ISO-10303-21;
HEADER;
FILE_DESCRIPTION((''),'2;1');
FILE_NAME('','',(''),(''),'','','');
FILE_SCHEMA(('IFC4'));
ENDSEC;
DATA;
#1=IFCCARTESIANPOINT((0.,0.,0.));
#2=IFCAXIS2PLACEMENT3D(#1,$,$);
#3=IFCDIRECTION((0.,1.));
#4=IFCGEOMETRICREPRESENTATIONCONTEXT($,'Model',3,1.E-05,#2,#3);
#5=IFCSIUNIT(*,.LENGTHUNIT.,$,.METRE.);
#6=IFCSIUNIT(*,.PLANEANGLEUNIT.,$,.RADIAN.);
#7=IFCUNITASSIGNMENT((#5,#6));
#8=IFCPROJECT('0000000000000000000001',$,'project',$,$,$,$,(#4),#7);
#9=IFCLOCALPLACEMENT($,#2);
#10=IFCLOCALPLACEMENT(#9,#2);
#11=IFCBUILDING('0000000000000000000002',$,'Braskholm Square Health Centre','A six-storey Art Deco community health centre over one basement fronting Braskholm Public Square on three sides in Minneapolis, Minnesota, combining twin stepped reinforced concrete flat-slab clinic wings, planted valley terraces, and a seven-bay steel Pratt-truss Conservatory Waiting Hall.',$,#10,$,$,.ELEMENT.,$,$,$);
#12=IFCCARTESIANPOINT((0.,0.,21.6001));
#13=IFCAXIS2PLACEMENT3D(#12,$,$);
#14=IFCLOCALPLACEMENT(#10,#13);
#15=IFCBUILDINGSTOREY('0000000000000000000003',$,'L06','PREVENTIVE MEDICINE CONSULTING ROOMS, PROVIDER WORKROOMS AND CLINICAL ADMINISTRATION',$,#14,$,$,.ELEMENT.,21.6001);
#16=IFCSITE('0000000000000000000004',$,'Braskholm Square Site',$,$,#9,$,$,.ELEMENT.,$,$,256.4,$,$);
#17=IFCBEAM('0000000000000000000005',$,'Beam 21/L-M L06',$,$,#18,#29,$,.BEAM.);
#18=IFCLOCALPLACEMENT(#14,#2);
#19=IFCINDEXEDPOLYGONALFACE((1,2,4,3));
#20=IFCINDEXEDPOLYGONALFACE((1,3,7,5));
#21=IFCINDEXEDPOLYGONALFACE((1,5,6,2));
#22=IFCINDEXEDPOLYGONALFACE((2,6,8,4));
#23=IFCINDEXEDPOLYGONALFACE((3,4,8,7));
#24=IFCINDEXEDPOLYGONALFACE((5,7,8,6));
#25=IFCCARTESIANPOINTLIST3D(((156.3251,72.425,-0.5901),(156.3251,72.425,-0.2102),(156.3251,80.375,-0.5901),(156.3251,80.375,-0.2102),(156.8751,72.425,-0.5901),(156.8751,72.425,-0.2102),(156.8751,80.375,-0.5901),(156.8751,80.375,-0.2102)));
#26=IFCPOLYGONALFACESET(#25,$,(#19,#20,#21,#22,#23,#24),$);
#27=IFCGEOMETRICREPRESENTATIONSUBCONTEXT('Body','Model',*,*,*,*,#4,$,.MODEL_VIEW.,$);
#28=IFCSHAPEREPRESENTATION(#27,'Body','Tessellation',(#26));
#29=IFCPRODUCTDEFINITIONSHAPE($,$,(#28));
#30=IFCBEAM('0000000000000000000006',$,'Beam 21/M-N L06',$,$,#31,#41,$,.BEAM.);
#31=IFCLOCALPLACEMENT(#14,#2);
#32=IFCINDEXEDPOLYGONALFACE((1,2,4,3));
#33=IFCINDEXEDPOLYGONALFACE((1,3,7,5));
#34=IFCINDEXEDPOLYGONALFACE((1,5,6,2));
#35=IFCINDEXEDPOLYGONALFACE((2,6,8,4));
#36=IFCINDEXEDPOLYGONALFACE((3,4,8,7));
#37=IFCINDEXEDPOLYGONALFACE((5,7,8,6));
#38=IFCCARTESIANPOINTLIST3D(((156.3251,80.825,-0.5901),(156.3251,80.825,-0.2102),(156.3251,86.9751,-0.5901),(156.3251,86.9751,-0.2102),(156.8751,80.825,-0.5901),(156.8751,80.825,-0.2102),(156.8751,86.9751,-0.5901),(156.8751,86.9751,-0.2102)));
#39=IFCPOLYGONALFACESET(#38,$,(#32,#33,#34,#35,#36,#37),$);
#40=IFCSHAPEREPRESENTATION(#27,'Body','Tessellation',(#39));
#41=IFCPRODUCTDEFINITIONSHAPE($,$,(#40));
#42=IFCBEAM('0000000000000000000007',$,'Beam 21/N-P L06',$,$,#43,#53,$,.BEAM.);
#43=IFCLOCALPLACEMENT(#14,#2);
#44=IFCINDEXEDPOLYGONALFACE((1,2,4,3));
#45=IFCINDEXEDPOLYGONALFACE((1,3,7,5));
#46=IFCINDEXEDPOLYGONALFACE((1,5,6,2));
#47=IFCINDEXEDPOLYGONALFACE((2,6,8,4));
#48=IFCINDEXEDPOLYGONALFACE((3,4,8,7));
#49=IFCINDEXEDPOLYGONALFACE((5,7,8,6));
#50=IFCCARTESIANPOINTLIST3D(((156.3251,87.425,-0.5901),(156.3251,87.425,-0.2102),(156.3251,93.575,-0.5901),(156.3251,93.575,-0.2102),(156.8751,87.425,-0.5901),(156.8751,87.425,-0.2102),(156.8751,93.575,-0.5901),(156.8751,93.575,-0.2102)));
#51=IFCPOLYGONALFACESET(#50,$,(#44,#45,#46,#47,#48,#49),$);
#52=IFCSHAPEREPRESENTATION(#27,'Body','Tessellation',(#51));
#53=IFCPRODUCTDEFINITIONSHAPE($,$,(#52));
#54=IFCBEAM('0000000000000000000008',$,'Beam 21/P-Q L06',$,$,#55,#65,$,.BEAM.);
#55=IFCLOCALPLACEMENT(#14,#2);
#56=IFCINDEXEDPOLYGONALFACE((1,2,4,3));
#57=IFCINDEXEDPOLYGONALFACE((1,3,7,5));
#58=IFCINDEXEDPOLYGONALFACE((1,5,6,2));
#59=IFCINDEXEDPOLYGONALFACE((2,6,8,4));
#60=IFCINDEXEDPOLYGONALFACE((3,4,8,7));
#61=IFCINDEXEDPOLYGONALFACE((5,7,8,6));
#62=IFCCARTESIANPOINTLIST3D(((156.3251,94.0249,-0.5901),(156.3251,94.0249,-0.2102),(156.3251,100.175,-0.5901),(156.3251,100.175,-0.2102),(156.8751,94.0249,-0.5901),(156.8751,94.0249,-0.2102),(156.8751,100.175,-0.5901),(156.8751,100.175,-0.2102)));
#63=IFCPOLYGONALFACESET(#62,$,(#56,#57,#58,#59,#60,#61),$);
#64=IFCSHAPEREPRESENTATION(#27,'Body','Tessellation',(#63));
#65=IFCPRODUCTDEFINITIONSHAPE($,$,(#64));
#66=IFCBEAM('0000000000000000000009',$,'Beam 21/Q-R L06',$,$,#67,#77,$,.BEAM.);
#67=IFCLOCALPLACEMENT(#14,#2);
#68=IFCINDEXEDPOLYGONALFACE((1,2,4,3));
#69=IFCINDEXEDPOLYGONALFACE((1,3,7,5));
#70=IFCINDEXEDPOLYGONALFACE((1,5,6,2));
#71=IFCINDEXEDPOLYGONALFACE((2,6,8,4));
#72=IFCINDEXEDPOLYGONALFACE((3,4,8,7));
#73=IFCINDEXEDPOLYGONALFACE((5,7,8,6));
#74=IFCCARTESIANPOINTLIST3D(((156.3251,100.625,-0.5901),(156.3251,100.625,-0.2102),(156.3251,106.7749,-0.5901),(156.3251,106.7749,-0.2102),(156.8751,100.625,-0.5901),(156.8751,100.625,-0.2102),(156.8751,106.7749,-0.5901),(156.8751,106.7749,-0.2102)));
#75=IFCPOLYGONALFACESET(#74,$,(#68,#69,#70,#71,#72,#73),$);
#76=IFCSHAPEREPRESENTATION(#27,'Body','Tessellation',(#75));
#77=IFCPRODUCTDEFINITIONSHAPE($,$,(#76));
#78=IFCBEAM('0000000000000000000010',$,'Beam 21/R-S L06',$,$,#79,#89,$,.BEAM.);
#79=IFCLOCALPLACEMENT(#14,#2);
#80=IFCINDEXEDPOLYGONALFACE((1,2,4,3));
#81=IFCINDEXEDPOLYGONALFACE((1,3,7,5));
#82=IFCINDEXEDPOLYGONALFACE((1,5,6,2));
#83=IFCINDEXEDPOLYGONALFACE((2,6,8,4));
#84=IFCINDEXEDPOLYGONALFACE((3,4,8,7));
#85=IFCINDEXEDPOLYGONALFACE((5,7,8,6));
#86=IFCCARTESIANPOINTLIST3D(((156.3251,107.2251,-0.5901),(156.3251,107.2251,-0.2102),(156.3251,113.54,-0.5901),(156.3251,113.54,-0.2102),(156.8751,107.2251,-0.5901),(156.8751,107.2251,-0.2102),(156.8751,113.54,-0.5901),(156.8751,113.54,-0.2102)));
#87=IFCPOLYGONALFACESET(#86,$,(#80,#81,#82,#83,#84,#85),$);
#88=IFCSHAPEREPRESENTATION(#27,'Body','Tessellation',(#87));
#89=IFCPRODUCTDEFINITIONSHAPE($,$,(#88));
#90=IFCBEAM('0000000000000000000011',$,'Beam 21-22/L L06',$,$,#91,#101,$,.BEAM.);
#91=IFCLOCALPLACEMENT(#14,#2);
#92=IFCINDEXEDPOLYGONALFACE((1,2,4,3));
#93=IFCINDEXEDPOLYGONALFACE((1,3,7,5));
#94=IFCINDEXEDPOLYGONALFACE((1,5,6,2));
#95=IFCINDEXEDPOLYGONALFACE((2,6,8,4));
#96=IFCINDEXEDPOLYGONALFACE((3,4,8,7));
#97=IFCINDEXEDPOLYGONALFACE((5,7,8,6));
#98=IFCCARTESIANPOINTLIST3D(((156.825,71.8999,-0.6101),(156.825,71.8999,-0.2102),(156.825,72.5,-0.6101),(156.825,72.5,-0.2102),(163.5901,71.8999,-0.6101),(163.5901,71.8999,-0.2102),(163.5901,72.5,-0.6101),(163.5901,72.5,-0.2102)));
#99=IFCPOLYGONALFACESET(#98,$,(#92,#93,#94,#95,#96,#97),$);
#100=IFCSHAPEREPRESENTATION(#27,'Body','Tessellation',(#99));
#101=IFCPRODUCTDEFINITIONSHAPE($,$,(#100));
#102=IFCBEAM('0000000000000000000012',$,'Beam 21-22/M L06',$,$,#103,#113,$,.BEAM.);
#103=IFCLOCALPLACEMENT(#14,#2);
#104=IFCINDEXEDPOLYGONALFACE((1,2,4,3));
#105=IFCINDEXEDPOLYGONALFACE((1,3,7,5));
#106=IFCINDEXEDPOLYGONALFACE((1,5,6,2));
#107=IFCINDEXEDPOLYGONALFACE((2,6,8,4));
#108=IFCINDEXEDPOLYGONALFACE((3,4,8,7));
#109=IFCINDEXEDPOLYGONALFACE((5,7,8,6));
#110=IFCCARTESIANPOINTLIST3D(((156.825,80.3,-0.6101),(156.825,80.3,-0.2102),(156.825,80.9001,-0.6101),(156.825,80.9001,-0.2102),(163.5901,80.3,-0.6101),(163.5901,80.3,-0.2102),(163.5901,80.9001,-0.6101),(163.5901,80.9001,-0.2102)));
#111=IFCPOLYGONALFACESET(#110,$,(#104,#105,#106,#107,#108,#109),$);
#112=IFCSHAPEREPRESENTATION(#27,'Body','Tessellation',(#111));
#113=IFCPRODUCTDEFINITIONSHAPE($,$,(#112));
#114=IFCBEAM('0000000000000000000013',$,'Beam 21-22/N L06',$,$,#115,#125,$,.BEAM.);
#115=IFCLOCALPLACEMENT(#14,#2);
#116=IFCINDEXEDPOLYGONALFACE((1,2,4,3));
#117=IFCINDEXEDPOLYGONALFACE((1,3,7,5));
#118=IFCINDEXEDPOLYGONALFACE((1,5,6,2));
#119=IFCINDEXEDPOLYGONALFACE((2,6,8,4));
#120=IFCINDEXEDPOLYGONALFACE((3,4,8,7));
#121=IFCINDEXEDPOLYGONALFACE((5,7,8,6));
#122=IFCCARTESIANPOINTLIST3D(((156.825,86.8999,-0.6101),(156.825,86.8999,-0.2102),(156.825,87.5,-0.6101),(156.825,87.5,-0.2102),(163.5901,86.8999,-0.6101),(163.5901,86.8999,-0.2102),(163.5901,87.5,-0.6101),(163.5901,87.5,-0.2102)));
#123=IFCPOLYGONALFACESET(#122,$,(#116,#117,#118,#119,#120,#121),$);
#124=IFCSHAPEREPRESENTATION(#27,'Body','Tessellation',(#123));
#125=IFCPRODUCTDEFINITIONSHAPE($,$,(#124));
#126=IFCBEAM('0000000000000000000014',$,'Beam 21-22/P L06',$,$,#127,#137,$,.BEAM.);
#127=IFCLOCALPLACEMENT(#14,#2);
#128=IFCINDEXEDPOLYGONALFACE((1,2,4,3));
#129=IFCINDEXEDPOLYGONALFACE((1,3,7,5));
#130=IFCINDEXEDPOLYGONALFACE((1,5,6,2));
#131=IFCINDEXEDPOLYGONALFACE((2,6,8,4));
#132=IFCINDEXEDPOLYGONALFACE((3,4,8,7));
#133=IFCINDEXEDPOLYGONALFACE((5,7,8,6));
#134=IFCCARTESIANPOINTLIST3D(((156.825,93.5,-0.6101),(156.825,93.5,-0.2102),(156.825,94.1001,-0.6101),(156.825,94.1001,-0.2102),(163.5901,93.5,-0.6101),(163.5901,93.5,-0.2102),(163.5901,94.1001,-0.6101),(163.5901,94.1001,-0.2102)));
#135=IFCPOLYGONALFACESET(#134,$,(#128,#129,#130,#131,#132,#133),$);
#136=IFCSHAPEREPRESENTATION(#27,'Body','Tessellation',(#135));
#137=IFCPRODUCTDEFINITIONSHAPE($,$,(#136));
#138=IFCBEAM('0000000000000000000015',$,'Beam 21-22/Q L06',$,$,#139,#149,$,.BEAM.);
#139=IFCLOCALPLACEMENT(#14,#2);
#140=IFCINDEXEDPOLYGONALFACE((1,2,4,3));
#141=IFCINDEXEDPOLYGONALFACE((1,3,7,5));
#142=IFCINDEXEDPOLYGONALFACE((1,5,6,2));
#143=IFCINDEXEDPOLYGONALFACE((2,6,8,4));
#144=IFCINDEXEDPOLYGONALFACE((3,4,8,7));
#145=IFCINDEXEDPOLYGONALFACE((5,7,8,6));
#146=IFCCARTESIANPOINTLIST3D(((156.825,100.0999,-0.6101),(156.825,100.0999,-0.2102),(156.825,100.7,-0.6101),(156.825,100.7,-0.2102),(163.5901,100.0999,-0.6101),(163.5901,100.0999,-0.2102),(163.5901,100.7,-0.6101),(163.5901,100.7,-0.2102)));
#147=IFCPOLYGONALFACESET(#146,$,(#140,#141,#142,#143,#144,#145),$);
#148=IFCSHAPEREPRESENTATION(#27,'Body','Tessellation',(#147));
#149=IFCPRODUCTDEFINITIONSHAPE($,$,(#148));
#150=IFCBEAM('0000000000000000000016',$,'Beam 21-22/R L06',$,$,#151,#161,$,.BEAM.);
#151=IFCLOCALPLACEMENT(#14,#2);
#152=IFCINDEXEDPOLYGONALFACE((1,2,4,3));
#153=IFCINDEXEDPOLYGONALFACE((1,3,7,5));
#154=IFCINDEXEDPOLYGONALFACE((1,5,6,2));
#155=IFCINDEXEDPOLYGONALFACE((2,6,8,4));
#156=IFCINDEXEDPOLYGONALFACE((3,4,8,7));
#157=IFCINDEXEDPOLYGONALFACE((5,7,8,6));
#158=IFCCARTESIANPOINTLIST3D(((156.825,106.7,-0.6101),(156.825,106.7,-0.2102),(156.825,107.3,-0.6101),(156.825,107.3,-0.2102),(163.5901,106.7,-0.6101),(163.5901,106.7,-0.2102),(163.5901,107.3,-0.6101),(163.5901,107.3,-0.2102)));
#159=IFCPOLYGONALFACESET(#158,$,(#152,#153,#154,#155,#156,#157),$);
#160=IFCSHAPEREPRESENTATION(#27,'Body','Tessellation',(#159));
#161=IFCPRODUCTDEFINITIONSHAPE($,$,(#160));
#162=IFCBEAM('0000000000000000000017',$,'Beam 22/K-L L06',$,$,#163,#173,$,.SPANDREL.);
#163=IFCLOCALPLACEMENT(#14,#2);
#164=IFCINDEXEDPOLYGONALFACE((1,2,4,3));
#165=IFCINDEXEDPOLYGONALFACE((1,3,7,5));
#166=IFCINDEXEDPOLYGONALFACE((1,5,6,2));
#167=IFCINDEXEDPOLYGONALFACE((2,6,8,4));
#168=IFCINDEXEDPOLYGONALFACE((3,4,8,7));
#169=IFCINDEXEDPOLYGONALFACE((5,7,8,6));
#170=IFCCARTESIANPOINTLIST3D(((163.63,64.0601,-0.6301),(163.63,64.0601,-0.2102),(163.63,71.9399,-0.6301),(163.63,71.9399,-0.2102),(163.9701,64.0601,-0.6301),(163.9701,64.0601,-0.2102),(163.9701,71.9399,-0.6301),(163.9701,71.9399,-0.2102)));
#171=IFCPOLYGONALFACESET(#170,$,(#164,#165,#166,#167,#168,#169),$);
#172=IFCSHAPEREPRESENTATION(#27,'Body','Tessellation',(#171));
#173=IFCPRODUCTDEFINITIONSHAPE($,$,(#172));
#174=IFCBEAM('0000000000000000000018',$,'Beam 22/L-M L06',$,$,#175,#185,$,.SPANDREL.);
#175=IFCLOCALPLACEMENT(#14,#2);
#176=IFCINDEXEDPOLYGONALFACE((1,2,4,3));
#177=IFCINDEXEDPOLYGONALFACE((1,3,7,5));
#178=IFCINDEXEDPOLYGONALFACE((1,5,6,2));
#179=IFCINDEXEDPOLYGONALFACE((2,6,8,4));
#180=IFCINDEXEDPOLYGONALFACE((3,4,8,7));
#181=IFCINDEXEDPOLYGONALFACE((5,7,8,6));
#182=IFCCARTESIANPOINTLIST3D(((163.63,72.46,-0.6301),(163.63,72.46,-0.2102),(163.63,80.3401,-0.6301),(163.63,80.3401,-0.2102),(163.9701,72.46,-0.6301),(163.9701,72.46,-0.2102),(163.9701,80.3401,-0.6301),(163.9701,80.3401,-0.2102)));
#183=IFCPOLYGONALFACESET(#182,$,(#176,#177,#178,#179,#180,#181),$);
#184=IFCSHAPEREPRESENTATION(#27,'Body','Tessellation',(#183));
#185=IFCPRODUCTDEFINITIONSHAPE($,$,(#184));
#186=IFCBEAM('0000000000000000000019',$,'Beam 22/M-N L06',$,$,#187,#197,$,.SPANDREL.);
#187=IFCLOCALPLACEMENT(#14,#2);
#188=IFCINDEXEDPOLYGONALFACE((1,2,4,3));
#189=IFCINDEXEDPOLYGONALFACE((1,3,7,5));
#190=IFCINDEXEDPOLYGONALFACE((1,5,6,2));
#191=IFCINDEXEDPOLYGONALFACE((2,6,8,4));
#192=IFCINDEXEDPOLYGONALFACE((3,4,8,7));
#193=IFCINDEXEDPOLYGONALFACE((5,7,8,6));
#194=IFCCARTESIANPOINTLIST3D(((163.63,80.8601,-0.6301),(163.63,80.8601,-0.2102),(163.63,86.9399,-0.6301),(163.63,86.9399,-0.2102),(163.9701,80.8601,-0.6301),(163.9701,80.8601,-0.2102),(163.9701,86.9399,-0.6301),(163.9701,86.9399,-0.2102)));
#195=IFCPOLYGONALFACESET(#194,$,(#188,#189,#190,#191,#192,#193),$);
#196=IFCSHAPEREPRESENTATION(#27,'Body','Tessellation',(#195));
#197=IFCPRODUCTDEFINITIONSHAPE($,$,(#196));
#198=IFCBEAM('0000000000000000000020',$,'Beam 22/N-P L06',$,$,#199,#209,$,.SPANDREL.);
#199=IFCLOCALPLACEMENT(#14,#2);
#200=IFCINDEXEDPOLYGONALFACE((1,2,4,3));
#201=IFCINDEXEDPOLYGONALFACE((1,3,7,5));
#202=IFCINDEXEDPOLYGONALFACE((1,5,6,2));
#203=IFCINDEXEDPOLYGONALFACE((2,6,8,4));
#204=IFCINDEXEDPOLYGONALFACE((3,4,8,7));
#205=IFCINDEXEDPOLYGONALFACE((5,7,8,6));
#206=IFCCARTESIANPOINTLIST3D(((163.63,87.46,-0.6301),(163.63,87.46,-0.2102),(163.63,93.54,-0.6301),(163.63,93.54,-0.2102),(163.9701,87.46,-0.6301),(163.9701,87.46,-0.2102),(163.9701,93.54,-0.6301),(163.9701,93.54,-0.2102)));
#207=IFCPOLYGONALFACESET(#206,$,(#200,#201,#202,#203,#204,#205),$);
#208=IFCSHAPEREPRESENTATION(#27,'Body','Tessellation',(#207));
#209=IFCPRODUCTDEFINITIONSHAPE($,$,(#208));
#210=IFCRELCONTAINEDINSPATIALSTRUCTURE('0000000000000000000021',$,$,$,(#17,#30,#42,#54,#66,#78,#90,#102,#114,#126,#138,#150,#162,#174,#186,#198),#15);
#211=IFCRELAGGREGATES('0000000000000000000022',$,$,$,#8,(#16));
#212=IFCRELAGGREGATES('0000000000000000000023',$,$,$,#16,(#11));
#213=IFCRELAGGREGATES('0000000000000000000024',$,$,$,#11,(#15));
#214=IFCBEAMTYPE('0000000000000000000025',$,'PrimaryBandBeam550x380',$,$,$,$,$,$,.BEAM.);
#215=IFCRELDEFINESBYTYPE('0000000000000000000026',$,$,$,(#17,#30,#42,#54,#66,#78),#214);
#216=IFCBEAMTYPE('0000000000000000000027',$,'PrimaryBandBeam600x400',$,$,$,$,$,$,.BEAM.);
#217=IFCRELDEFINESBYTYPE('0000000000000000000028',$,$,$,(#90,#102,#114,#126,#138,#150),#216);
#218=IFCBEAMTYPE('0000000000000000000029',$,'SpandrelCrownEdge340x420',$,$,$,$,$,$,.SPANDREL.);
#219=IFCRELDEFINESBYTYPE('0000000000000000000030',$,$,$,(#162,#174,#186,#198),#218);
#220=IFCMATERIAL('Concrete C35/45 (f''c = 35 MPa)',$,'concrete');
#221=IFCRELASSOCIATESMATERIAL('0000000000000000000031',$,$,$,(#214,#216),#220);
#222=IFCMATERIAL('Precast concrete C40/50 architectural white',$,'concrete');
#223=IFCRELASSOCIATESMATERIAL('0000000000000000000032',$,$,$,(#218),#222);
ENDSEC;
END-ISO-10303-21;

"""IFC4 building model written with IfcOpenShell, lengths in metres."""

from ifc_helpers import new_model, si_unit, direction, frame, origin, origin_2d, place, context, subcontext, project, spatial, rectangle, extrude, material, material_profile, profile_set, type_object, element, save


model = new_model("IFC4")

# Units and contexts
model_context = context("Model", 3, precision=1e-05, world=origin(), true_north=direction((0.0, 1.0)))
body_context = subcontext(model_context, "Body", "Model", "MODEL_VIEW")
ifc_project = project(units=[si_unit("LENGTHUNIT", "METRE"), si_unit("PLANEANGLEUNIT", "RADIAN")], contexts=[model_context])

# Site, building, storey
site_placement = place(None, origin())
site = spatial("IfcSite", under=ifc_project, at=site_placement, Name="Braskholm Square Site", CompositionType="ELEMENT", RefElevation=256.4)
building_placement = place(site_placement, origin())
building = spatial("IfcBuilding", under=site, at=building_placement, Name="Braskholm Square Health Centre", Description="A six-storey Art Deco community health centre over one basement fronting Braskholm Public Square on three sides in Minneapolis, Minnesota, combining twin stepped reinforced concrete flat-slab clinic wings, planted valley terraces, and a seven-bay steel Pratt-truss Conservatory Waiting Hall.", CompositionType="ELEMENT")
storey_placement = place(building_placement, frame((0.0, 0.0, 21.6001)))
storey = spatial("IfcBuildingStorey", under=building, at=storey_placement, Name="L06", Description="PREVENTIVE MEDICINE CONSULTING ROOMS, PROVIDER WORKROOMS AND CLINICAL ADMINISTRATION", CompositionType="ELEMENT", Elevation=21.6001)

# Beams
ifc_material_1 = material(Name="Concrete C35/45 (f'c = 35 MPa)", Category="concrete")
ifc_material_profile_1 = material_profile(ifc_material_1, rectangle(XDim=0.55, YDim=0.3799, at=origin_2d()), Name="RCB-550X380")
ifc_profile_set_1 = profile_set([ifc_material_profile_1], Name="Concrete C35/45 (f'c = 35 MPa)")
beam_type_1 = type_object("IfcBeamType", Name="PrimaryBandBeam550x380", PredefinedType="BEAM", material=ifc_profile_set_1)
beam_1_placement = place(storey_placement, frame((156.6001, 72.425, -0.4001), z_axis=(0.0, 1.0, 0.0), x_axis=(-1.0, 0.0, 0.0)))
element("IfcBeam", 1, at=beam_1_placement, inside=storey, type_object=beam_type_1, Name="Beam 21/L-M L06", PredefinedType="BEAM", context=body_context, shape_type="SweptSolid", body=[
    extrude(rectangle(XDim=0.55, YDim=0.3799, at=origin_2d()), origin(), (0.0, 0.0, 1.0), 7.95),
])
beam_2_placement = place(storey_placement, frame((156.6001, 80.825, -0.4001), z_axis=(0.0, 1.0, 0.0), x_axis=(-1.0, 0.0, 0.0)))
element("IfcBeam", 2, at=beam_2_placement, inside=storey, type_object=beam_type_1, Name="Beam 21/M-N L06", PredefinedType="BEAM", context=body_context, shape_type="SweptSolid", body=[
    extrude(rectangle(XDim=0.55, YDim=0.3799, at=origin_2d()), origin(), (0.0, 0.0, 1.0), 6.1501),
])
beam_3_placement = place(storey_placement, frame((156.6001, 87.425, -0.4001), z_axis=(0.0, 1.0, 0.0), x_axis=(-1.0, 0.0, 0.0)))
element("IfcBeam", 3, at=beam_3_placement, inside=storey, type_object=beam_type_1, Name="Beam 21/N-P L06", PredefinedType="BEAM", context=body_context, shape_type="SweptSolid", body=[
    extrude(rectangle(XDim=0.55, YDim=0.3799, at=origin_2d()), origin(), (0.0, 0.0, 1.0), 6.1499),
])
beam_4_placement = place(storey_placement, frame((156.6001, 94.0249, -0.4001), z_axis=(0.0, 1.0, 0.0), x_axis=(-1.0, 0.0, 0.0)))
element("IfcBeam", 4, at=beam_4_placement, inside=storey, type_object=beam_type_1, Name="Beam 21/P-Q L06", PredefinedType="BEAM", context=body_context, shape_type="SweptSolid", body=[
    extrude(rectangle(XDim=0.55, YDim=0.3799, at=origin_2d()), origin(), (0.0, 0.0, 1.0), 6.1501),
])
beam_5_placement = place(storey_placement, frame((156.6001, 100.625, -0.4001), z_axis=(0.0, 1.0, 0.0), x_axis=(-1.0, 0.0, 0.0)))
element("IfcBeam", 5, at=beam_5_placement, inside=storey, type_object=beam_type_1, Name="Beam 21/Q-R L06", PredefinedType="BEAM", context=body_context, shape_type="SweptSolid", body=[
    extrude(rectangle(XDim=0.55, YDim=0.3799, at=origin_2d()), origin(), (0.0, 0.0, 1.0), 6.1499),
])
beam_6_placement = place(storey_placement, frame((156.6001, 107.2251, -0.4001), z_axis=(0.0, 1.0, 0.0), x_axis=(-1.0, 0.0, 0.0)))
element("IfcBeam", 6, at=beam_6_placement, inside=storey, type_object=beam_type_1, Name="Beam 21/R-S L06", PredefinedType="BEAM", context=body_context, shape_type="SweptSolid", body=[
    extrude(rectangle(XDim=0.55, YDim=0.3799, at=origin_2d()), origin(), (0.0, 0.0, 1.0), 6.3149),
])
ifc_material_profile_2 = material_profile(ifc_material_1, rectangle(XDim=0.6001, YDim=0.3999, at=origin_2d()), Name="RCB-600X400")
ifc_profile_set_2 = profile_set([ifc_material_profile_2], Name="Concrete C35/45 (f'c = 35 MPa)")
beam_type_2 = type_object("IfcBeamType", Name="PrimaryBandBeam600x400", PredefinedType="BEAM", material=ifc_profile_set_2)
for number, where, z_axis, x_axis, name in (
    (7, (156.825, 72.2, -0.4102), (1.0, 0.0, 0.0), (0.0, 1.0, 0.0), "Beam 21-22/L L06"),
    (8, (156.825, 80.6001, -0.4102), (1.0, 0.0, 0.0), (0.0, 1.0, 0.0), "Beam 21-22/M L06"),
    (9, (156.825, 87.2, -0.4102), (1.0, 0.0, 0.0), (0.0, 1.0, 0.0), "Beam 21-22/N L06"),
    (10, (156.825, 93.8, -0.4102), (1.0, 0.0, 0.0), (0.0, 1.0, 0.0), "Beam 21-22/P L06"),
    (11, (156.825, 100.3999, -0.4102), (1.0, 0.0, 0.0), (0.0, 1.0, 0.0), "Beam 21-22/Q L06"),
    (12, (156.825, 107.0, -0.4102), (1.0, 0.0, 0.0), (0.0, 1.0, 0.0), "Beam 21-22/R L06"),
):
    element("IfcBeam", number, at=place(storey_placement, frame(where, z_axis=z_axis, x_axis=x_axis)), inside=storey, type_object=beam_type_2, Name=name, PredefinedType="BEAM", context=body_context, shape_type="SweptSolid", body=[
        extrude(rectangle(XDim=0.6001, YDim=0.3999, at=origin_2d()), origin(), (0.0, 0.0, 1.0), 6.7651),
    ])
ifc_material_2 = material(Name="Precast concrete C40/50 architectural white", Category="concrete")
ifc_material_profile_3 = material_profile(ifc_material_2, rectangle(XDim=0.3401, YDim=0.4199, at=origin_2d()), Name="RCB-340X420")
ifc_profile_set_3 = profile_set([ifc_material_profile_3], Name="Precast concrete C40/50 architectural white")
beam_type_3 = type_object("IfcBeamType", Name="SpandrelCrownEdge340x420", PredefinedType="SPANDREL", material=ifc_profile_set_3)
beam_7_placement = place(storey_placement, frame((163.8, 64.0601, -0.4202), z_axis=(0.0, 1.0, 0.0), x_axis=(-1.0, 0.0, 0.0)))
element("IfcBeam", 13, at=beam_7_placement, inside=storey, type_object=beam_type_3, Name="Beam 22/K-L L06", PredefinedType="SPANDREL", context=body_context, shape_type="SweptSolid", body=[
    extrude(rectangle(XDim=0.3401, YDim=0.4199, at=origin_2d()), origin(), (0.0, 0.0, 1.0), 7.8799),
])
beam_8_placement = place(storey_placement, frame((163.8, 72.46, -0.4202), z_axis=(0.0, 1.0, 0.0), x_axis=(-1.0, 0.0, 0.0)))
element("IfcBeam", 14, at=beam_8_placement, inside=storey, type_object=beam_type_3, Name="Beam 22/L-M L06", PredefinedType="SPANDREL", context=body_context, shape_type="SweptSolid", body=[
    extrude(rectangle(XDim=0.3401, YDim=0.4199, at=origin_2d()), origin(), (0.0, 0.0, 1.0), 7.8801),
])
beam_9_placement = place(storey_placement, frame((163.8, 80.8601, -0.4202), z_axis=(0.0, 1.0, 0.0), x_axis=(-1.0, 0.0, 0.0)))
element("IfcBeam", 15, at=beam_9_placement, inside=storey, type_object=beam_type_3, Name="Beam 22/M-N L06", PredefinedType="SPANDREL", context=body_context, shape_type="SweptSolid", body=[
    extrude(rectangle(XDim=0.3401, YDim=0.4199, at=origin_2d()), origin(), (0.0, 0.0, 1.0), 6.0798),
])
beam_10_placement = place(storey_placement, frame((163.8, 87.46, -0.4202), z_axis=(0.0, 1.0, 0.0), x_axis=(-1.0, 0.0, 0.0)))
element("IfcBeam", 16, at=beam_10_placement, inside=storey, type_object=beam_type_3, Name="Beam 22/N-P L06", PredefinedType="SPANDREL", context=body_context, shape_type="SweptSolid", body=[
    extrude(rectangle(XDim=0.3401, YDim=0.4199, at=origin_2d()), origin(), (0.0, 0.0, 1.0), 6.0801),
])

save(model, "model.ifc")
